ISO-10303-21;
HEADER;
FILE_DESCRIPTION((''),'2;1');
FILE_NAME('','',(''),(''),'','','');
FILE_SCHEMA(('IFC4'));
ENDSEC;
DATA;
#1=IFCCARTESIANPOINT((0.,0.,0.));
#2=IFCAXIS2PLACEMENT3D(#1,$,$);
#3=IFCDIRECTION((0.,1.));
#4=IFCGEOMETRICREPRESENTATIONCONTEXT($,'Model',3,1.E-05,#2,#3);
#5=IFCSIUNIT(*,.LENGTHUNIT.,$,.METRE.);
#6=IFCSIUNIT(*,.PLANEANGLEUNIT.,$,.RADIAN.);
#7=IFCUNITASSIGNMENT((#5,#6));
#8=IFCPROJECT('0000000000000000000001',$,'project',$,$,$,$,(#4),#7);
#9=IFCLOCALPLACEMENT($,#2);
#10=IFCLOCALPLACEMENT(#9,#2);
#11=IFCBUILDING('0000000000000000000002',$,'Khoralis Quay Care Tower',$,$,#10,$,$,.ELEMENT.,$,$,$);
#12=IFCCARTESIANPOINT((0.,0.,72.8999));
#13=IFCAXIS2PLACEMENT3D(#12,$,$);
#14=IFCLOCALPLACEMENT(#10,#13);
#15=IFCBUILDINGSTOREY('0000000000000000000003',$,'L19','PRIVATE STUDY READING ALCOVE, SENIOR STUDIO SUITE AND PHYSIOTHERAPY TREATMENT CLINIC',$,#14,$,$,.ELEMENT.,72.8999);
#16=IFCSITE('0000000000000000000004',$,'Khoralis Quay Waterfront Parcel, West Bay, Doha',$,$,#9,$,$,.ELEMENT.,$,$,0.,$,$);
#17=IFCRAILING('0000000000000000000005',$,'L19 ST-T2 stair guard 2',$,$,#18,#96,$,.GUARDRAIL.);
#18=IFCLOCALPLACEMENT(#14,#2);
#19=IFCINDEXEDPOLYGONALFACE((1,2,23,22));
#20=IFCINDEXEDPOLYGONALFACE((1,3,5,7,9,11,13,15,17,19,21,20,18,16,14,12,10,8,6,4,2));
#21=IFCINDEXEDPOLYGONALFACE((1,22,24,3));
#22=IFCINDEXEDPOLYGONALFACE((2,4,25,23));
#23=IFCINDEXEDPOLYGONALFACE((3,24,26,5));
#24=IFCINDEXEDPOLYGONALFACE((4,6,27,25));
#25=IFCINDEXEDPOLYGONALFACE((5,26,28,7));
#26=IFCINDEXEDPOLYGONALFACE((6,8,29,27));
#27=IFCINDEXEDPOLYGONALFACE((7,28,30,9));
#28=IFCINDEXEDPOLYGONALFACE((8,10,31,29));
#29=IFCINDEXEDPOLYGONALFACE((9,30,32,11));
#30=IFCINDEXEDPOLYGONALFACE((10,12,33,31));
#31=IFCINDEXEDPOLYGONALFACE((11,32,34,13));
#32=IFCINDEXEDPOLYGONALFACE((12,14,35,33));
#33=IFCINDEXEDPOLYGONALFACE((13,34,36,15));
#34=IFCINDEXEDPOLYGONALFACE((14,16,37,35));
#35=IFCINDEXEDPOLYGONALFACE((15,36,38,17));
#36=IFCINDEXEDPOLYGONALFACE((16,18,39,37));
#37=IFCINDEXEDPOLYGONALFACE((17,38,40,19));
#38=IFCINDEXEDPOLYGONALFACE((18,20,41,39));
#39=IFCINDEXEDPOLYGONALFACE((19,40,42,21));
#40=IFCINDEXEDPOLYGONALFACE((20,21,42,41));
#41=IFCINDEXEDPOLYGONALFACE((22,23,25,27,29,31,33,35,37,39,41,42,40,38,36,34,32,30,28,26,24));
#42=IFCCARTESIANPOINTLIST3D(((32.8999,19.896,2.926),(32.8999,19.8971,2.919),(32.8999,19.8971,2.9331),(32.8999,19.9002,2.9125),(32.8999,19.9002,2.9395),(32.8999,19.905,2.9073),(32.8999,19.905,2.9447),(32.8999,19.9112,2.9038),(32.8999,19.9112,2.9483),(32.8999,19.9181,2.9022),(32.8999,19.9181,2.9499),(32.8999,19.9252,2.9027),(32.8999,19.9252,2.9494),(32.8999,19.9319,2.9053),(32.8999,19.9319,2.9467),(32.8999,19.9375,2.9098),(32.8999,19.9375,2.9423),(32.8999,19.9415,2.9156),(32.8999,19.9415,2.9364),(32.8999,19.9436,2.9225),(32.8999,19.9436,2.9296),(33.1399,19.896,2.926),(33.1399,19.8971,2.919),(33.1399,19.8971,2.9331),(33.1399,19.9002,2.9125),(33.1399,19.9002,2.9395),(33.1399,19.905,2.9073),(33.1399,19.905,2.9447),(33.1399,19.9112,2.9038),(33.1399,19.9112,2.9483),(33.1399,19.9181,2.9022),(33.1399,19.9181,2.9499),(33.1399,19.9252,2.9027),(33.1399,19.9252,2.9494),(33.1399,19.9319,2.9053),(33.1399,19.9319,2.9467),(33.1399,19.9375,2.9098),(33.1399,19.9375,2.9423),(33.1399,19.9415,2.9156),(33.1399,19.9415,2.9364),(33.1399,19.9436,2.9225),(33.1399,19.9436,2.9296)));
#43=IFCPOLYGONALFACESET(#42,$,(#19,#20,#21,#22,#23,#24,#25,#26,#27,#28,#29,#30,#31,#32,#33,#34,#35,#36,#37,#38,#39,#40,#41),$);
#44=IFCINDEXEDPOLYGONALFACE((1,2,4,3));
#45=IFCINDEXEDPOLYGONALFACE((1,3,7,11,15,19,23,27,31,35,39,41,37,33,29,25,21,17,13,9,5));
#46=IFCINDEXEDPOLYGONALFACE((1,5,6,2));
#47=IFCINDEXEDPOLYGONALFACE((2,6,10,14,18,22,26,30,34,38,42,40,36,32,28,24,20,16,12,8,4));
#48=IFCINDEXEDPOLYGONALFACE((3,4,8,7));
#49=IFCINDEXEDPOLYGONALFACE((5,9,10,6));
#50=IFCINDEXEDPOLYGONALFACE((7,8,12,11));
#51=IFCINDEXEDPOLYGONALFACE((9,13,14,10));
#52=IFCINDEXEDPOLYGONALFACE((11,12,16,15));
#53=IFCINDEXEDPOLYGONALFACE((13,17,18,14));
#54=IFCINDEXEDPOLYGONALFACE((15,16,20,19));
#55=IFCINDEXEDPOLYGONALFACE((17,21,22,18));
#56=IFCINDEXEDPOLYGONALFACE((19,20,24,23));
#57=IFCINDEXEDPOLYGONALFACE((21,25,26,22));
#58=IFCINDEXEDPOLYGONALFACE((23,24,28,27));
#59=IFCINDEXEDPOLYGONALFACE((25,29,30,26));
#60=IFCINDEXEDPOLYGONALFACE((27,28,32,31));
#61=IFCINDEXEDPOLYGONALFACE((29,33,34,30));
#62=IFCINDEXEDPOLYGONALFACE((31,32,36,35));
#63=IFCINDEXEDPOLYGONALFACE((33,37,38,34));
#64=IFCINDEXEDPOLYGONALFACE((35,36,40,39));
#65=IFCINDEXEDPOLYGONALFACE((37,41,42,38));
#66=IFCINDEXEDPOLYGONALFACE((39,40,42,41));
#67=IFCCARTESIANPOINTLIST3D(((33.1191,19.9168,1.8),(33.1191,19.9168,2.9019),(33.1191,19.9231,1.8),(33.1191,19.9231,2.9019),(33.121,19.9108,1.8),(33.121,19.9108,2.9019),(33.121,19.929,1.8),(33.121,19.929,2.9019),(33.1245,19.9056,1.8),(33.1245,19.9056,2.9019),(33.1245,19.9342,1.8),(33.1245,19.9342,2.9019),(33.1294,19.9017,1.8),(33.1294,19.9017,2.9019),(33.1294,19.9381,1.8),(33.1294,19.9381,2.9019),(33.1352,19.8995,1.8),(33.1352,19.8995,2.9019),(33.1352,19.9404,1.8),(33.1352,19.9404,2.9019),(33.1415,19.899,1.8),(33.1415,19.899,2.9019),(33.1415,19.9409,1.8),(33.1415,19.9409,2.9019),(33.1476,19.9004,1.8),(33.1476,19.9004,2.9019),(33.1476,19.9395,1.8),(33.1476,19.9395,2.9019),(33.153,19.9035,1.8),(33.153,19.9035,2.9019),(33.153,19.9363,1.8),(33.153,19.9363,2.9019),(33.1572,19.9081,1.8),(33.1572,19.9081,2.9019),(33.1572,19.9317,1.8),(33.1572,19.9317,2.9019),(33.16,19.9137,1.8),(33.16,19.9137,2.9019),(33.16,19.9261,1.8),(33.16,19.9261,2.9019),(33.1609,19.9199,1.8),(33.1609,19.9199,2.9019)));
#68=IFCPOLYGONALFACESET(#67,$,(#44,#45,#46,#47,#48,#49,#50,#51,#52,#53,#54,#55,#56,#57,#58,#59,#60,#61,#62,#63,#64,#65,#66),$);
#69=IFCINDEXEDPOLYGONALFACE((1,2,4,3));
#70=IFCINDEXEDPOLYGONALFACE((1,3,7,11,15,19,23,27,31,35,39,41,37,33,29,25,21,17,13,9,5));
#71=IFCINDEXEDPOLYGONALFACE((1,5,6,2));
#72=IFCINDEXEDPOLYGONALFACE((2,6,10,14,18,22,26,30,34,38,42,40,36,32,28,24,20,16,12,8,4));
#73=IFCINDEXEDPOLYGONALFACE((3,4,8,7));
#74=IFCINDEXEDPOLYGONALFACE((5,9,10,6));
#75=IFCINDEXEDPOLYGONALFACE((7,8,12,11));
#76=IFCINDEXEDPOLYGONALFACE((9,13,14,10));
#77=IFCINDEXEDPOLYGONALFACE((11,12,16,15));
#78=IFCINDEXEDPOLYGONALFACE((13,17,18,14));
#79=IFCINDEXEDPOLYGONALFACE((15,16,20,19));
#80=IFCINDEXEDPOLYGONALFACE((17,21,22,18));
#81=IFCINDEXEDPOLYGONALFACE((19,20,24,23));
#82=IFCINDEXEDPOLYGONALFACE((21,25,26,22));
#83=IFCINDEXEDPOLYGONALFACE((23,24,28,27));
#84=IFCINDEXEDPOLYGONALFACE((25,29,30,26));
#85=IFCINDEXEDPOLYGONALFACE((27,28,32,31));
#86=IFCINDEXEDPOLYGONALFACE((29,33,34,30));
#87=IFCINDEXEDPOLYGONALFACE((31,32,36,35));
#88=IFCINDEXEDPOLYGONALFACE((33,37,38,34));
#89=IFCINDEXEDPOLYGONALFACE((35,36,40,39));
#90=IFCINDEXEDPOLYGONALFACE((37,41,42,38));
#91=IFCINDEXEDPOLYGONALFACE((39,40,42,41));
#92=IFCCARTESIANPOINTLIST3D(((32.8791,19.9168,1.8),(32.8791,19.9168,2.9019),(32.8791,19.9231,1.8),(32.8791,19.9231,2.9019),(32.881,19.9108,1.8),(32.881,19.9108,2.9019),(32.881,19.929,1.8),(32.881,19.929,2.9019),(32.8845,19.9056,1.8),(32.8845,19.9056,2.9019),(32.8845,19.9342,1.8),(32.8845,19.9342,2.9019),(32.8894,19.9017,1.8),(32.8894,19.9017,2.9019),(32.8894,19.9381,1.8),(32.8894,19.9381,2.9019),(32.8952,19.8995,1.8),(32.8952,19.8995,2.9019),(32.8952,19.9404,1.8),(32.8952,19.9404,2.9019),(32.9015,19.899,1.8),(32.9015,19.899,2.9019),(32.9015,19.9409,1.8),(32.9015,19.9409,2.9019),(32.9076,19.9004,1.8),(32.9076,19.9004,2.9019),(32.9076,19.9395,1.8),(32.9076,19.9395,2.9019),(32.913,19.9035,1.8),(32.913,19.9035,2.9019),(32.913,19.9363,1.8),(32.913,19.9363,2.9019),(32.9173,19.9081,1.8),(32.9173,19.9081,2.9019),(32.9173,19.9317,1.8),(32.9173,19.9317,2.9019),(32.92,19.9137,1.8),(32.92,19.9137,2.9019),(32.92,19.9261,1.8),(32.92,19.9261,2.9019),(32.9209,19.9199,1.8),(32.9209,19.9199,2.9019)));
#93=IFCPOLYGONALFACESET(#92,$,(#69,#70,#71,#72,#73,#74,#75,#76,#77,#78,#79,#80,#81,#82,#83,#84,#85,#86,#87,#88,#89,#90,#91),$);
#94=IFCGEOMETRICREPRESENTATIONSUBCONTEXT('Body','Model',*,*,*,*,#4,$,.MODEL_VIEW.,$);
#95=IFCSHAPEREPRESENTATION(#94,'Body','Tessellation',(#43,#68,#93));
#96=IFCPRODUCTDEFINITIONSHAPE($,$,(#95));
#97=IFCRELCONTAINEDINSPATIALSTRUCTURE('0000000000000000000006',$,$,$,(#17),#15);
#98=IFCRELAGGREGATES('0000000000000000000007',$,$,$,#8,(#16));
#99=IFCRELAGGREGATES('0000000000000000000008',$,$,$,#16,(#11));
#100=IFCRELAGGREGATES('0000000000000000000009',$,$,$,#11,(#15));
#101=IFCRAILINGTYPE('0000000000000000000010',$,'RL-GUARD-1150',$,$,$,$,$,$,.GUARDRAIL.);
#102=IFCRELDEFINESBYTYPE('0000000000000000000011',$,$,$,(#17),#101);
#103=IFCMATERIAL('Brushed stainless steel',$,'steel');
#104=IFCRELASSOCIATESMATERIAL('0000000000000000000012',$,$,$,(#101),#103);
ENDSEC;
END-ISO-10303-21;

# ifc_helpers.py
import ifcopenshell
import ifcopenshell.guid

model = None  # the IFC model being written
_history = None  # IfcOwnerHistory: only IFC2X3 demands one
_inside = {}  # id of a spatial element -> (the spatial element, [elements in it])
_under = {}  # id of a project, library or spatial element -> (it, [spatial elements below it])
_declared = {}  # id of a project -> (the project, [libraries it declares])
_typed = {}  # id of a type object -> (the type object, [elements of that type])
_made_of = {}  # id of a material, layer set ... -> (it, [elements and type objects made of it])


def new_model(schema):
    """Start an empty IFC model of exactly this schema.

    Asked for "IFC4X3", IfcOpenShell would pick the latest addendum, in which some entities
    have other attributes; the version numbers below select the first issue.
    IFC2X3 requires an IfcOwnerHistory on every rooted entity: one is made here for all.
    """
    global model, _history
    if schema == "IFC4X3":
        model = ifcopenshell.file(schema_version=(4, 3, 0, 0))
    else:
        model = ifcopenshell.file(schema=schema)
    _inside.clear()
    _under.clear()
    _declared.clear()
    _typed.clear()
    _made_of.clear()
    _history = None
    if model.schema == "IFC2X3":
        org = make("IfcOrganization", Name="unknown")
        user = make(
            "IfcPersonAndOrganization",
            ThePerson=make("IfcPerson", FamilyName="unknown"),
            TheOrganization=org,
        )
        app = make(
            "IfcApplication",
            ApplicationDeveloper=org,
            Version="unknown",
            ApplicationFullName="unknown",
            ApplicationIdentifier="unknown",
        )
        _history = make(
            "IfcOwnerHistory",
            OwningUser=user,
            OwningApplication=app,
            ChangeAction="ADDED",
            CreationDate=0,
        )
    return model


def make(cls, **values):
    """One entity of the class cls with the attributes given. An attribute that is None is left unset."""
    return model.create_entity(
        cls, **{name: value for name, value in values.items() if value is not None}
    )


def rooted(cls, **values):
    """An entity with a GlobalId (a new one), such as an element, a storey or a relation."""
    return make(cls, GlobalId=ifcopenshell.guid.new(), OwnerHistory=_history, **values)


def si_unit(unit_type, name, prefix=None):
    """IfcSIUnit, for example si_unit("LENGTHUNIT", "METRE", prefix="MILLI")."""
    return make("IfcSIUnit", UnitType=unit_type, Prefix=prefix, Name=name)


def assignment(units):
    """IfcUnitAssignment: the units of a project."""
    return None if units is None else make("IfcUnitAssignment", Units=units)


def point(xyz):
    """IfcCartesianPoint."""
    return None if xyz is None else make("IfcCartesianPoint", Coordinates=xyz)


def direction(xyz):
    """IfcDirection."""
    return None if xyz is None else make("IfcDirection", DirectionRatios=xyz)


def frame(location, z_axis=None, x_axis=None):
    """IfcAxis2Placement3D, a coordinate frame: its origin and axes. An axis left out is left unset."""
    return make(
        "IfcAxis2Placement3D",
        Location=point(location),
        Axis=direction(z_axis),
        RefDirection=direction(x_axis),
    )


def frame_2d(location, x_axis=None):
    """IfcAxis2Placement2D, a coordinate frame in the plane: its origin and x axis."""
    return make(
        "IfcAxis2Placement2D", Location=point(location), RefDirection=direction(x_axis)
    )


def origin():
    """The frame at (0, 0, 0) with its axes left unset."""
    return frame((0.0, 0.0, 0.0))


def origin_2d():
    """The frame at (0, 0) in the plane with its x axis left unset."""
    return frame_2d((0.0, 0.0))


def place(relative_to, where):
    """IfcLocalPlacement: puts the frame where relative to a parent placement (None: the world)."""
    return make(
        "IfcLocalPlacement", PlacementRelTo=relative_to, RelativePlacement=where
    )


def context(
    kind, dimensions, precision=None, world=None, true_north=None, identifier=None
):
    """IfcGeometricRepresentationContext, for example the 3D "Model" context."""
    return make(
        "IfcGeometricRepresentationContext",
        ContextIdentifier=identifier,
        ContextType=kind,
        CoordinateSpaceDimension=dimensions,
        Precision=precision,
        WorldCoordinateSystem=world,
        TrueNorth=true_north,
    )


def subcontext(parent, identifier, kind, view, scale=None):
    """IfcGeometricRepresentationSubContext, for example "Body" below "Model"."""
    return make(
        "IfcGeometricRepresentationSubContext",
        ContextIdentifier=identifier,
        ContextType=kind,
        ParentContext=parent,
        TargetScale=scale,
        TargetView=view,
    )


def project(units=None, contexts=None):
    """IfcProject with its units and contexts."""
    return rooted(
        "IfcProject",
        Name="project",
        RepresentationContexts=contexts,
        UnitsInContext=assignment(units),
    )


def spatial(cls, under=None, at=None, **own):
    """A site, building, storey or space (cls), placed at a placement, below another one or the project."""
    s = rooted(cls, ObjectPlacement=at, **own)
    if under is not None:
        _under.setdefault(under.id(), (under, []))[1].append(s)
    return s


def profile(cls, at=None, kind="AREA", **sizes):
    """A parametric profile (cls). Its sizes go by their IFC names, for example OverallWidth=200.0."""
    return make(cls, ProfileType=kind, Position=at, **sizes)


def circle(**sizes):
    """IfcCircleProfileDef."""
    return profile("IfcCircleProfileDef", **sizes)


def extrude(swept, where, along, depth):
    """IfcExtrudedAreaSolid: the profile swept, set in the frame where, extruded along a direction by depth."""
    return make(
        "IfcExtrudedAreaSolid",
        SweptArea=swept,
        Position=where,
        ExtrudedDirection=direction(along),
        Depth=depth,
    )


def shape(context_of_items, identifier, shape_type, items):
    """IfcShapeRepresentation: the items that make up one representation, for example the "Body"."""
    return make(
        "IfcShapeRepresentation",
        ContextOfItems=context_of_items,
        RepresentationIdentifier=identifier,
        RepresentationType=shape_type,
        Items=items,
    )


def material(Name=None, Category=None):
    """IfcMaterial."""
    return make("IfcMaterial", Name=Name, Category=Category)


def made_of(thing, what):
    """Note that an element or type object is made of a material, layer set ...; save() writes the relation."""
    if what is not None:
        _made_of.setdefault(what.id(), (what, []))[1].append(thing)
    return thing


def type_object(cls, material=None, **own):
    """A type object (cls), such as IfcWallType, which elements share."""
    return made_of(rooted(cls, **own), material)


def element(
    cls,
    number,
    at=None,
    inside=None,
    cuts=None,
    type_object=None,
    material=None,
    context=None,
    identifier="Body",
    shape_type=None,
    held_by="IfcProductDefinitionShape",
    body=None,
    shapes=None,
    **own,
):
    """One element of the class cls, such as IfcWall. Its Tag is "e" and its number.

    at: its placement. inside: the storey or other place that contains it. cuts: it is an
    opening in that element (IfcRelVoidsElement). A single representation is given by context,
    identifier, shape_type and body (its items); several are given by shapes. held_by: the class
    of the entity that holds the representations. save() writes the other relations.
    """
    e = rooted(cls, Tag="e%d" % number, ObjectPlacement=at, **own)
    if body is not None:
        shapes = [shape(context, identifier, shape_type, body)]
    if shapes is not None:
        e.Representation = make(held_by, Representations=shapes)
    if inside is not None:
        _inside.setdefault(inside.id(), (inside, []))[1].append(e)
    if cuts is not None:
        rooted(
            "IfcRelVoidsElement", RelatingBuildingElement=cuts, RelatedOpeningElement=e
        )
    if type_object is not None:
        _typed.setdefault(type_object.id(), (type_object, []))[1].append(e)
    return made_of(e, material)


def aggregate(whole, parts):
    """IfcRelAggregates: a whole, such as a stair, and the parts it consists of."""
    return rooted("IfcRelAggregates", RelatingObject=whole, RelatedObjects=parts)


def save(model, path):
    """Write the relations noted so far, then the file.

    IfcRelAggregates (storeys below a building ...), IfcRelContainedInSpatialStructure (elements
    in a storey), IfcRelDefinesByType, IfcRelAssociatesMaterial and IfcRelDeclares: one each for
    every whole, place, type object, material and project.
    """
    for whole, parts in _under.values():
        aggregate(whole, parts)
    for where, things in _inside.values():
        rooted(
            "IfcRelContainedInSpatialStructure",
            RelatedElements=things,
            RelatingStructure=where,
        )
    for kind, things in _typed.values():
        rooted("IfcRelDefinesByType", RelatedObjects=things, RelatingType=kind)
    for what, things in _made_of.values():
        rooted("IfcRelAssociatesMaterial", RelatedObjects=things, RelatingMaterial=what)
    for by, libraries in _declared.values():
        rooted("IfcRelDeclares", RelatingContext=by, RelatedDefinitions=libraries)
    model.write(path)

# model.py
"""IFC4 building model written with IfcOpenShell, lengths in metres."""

from ifc_helpers import new_model, si_unit, direction, frame, origin, origin_2d, place, context, subcontext, project, spatial, circle, extrude, material, type_object, element, save


model = new_model("IFC4")

# Units and contexts
model_context = context("Model", 3, precision=1e-05, world=origin(), true_north=direction((0.0, 1.0)))
body_context = subcontext(model_context, "Body", "Model", "MODEL_VIEW")
ifc_project = project(units=[si_unit("LENGTHUNIT", "METRE"), si_unit("PLANEANGLEUNIT", "RADIAN")], contexts=[model_context])

# Site, building, storey
site_placement = place(None, origin())
site = spatial("IfcSite", under=ifc_project, at=site_placement, Name="Khoralis Quay Waterfront Parcel, West Bay, Doha", CompositionType="ELEMENT", RefElevation=0.0)
building_placement = place(site_placement, origin())
building = spatial("IfcBuilding", under=site, at=building_placement, Name="Khoralis Quay Care Tower", CompositionType="ELEMENT")
storey_placement = place(building_placement, frame((0.0, 0.0, 72.8999)))
storey = spatial("IfcBuildingStorey", under=building, at=storey_placement, Name="L19", Description="PRIVATE STUDY READING ALCOVE, SENIOR STUDIO SUITE AND PHYSIOTHERAPY TREATMENT CLINIC", CompositionType="ELEMENT", Elevation=72.8999)

# Shared definitions
ifc_material_1 = material(Name="Brushed stainless steel", Category="steel")

# Railing
railing_type_1 = type_object("IfcRailingType", Name="RL-GUARD-1150", PredefinedType="GUARDRAIL", material=ifc_material_1)
railing_1_placement = place(storey_placement, frame((33.1399, 19.9199, 1.8)))
element("IfcRailing", 1, at=railing_1_placement, inside=storey, type_object=railing_type_1, Name="L19 ST-T2 stair guard 2", PredefinedType="GUARDRAIL", context=body_context, shape_type="SweptSolid", body=[
    extrude(circle(Radius=0.0239, at=origin_2d()), frame((0.0, 0.0, 1.126), z_axis=(-1.0, 0.0, 0.0), x_axis=(0.0, -1.0, 0.0)), (0.0, 0.0, 1.0), 0.24),
    extrude(circle(Radius=0.021, at=origin_2d()), origin(), (0.0, 0.0, 1.0), 1.1018),
    extrude(circle(Radius=0.021, at=origin_2d()), frame((-0.24, 0.0, 0.0)), (0.0, 0.0, 1.0), 1.1018),
])

save(model, "model.ifc")
